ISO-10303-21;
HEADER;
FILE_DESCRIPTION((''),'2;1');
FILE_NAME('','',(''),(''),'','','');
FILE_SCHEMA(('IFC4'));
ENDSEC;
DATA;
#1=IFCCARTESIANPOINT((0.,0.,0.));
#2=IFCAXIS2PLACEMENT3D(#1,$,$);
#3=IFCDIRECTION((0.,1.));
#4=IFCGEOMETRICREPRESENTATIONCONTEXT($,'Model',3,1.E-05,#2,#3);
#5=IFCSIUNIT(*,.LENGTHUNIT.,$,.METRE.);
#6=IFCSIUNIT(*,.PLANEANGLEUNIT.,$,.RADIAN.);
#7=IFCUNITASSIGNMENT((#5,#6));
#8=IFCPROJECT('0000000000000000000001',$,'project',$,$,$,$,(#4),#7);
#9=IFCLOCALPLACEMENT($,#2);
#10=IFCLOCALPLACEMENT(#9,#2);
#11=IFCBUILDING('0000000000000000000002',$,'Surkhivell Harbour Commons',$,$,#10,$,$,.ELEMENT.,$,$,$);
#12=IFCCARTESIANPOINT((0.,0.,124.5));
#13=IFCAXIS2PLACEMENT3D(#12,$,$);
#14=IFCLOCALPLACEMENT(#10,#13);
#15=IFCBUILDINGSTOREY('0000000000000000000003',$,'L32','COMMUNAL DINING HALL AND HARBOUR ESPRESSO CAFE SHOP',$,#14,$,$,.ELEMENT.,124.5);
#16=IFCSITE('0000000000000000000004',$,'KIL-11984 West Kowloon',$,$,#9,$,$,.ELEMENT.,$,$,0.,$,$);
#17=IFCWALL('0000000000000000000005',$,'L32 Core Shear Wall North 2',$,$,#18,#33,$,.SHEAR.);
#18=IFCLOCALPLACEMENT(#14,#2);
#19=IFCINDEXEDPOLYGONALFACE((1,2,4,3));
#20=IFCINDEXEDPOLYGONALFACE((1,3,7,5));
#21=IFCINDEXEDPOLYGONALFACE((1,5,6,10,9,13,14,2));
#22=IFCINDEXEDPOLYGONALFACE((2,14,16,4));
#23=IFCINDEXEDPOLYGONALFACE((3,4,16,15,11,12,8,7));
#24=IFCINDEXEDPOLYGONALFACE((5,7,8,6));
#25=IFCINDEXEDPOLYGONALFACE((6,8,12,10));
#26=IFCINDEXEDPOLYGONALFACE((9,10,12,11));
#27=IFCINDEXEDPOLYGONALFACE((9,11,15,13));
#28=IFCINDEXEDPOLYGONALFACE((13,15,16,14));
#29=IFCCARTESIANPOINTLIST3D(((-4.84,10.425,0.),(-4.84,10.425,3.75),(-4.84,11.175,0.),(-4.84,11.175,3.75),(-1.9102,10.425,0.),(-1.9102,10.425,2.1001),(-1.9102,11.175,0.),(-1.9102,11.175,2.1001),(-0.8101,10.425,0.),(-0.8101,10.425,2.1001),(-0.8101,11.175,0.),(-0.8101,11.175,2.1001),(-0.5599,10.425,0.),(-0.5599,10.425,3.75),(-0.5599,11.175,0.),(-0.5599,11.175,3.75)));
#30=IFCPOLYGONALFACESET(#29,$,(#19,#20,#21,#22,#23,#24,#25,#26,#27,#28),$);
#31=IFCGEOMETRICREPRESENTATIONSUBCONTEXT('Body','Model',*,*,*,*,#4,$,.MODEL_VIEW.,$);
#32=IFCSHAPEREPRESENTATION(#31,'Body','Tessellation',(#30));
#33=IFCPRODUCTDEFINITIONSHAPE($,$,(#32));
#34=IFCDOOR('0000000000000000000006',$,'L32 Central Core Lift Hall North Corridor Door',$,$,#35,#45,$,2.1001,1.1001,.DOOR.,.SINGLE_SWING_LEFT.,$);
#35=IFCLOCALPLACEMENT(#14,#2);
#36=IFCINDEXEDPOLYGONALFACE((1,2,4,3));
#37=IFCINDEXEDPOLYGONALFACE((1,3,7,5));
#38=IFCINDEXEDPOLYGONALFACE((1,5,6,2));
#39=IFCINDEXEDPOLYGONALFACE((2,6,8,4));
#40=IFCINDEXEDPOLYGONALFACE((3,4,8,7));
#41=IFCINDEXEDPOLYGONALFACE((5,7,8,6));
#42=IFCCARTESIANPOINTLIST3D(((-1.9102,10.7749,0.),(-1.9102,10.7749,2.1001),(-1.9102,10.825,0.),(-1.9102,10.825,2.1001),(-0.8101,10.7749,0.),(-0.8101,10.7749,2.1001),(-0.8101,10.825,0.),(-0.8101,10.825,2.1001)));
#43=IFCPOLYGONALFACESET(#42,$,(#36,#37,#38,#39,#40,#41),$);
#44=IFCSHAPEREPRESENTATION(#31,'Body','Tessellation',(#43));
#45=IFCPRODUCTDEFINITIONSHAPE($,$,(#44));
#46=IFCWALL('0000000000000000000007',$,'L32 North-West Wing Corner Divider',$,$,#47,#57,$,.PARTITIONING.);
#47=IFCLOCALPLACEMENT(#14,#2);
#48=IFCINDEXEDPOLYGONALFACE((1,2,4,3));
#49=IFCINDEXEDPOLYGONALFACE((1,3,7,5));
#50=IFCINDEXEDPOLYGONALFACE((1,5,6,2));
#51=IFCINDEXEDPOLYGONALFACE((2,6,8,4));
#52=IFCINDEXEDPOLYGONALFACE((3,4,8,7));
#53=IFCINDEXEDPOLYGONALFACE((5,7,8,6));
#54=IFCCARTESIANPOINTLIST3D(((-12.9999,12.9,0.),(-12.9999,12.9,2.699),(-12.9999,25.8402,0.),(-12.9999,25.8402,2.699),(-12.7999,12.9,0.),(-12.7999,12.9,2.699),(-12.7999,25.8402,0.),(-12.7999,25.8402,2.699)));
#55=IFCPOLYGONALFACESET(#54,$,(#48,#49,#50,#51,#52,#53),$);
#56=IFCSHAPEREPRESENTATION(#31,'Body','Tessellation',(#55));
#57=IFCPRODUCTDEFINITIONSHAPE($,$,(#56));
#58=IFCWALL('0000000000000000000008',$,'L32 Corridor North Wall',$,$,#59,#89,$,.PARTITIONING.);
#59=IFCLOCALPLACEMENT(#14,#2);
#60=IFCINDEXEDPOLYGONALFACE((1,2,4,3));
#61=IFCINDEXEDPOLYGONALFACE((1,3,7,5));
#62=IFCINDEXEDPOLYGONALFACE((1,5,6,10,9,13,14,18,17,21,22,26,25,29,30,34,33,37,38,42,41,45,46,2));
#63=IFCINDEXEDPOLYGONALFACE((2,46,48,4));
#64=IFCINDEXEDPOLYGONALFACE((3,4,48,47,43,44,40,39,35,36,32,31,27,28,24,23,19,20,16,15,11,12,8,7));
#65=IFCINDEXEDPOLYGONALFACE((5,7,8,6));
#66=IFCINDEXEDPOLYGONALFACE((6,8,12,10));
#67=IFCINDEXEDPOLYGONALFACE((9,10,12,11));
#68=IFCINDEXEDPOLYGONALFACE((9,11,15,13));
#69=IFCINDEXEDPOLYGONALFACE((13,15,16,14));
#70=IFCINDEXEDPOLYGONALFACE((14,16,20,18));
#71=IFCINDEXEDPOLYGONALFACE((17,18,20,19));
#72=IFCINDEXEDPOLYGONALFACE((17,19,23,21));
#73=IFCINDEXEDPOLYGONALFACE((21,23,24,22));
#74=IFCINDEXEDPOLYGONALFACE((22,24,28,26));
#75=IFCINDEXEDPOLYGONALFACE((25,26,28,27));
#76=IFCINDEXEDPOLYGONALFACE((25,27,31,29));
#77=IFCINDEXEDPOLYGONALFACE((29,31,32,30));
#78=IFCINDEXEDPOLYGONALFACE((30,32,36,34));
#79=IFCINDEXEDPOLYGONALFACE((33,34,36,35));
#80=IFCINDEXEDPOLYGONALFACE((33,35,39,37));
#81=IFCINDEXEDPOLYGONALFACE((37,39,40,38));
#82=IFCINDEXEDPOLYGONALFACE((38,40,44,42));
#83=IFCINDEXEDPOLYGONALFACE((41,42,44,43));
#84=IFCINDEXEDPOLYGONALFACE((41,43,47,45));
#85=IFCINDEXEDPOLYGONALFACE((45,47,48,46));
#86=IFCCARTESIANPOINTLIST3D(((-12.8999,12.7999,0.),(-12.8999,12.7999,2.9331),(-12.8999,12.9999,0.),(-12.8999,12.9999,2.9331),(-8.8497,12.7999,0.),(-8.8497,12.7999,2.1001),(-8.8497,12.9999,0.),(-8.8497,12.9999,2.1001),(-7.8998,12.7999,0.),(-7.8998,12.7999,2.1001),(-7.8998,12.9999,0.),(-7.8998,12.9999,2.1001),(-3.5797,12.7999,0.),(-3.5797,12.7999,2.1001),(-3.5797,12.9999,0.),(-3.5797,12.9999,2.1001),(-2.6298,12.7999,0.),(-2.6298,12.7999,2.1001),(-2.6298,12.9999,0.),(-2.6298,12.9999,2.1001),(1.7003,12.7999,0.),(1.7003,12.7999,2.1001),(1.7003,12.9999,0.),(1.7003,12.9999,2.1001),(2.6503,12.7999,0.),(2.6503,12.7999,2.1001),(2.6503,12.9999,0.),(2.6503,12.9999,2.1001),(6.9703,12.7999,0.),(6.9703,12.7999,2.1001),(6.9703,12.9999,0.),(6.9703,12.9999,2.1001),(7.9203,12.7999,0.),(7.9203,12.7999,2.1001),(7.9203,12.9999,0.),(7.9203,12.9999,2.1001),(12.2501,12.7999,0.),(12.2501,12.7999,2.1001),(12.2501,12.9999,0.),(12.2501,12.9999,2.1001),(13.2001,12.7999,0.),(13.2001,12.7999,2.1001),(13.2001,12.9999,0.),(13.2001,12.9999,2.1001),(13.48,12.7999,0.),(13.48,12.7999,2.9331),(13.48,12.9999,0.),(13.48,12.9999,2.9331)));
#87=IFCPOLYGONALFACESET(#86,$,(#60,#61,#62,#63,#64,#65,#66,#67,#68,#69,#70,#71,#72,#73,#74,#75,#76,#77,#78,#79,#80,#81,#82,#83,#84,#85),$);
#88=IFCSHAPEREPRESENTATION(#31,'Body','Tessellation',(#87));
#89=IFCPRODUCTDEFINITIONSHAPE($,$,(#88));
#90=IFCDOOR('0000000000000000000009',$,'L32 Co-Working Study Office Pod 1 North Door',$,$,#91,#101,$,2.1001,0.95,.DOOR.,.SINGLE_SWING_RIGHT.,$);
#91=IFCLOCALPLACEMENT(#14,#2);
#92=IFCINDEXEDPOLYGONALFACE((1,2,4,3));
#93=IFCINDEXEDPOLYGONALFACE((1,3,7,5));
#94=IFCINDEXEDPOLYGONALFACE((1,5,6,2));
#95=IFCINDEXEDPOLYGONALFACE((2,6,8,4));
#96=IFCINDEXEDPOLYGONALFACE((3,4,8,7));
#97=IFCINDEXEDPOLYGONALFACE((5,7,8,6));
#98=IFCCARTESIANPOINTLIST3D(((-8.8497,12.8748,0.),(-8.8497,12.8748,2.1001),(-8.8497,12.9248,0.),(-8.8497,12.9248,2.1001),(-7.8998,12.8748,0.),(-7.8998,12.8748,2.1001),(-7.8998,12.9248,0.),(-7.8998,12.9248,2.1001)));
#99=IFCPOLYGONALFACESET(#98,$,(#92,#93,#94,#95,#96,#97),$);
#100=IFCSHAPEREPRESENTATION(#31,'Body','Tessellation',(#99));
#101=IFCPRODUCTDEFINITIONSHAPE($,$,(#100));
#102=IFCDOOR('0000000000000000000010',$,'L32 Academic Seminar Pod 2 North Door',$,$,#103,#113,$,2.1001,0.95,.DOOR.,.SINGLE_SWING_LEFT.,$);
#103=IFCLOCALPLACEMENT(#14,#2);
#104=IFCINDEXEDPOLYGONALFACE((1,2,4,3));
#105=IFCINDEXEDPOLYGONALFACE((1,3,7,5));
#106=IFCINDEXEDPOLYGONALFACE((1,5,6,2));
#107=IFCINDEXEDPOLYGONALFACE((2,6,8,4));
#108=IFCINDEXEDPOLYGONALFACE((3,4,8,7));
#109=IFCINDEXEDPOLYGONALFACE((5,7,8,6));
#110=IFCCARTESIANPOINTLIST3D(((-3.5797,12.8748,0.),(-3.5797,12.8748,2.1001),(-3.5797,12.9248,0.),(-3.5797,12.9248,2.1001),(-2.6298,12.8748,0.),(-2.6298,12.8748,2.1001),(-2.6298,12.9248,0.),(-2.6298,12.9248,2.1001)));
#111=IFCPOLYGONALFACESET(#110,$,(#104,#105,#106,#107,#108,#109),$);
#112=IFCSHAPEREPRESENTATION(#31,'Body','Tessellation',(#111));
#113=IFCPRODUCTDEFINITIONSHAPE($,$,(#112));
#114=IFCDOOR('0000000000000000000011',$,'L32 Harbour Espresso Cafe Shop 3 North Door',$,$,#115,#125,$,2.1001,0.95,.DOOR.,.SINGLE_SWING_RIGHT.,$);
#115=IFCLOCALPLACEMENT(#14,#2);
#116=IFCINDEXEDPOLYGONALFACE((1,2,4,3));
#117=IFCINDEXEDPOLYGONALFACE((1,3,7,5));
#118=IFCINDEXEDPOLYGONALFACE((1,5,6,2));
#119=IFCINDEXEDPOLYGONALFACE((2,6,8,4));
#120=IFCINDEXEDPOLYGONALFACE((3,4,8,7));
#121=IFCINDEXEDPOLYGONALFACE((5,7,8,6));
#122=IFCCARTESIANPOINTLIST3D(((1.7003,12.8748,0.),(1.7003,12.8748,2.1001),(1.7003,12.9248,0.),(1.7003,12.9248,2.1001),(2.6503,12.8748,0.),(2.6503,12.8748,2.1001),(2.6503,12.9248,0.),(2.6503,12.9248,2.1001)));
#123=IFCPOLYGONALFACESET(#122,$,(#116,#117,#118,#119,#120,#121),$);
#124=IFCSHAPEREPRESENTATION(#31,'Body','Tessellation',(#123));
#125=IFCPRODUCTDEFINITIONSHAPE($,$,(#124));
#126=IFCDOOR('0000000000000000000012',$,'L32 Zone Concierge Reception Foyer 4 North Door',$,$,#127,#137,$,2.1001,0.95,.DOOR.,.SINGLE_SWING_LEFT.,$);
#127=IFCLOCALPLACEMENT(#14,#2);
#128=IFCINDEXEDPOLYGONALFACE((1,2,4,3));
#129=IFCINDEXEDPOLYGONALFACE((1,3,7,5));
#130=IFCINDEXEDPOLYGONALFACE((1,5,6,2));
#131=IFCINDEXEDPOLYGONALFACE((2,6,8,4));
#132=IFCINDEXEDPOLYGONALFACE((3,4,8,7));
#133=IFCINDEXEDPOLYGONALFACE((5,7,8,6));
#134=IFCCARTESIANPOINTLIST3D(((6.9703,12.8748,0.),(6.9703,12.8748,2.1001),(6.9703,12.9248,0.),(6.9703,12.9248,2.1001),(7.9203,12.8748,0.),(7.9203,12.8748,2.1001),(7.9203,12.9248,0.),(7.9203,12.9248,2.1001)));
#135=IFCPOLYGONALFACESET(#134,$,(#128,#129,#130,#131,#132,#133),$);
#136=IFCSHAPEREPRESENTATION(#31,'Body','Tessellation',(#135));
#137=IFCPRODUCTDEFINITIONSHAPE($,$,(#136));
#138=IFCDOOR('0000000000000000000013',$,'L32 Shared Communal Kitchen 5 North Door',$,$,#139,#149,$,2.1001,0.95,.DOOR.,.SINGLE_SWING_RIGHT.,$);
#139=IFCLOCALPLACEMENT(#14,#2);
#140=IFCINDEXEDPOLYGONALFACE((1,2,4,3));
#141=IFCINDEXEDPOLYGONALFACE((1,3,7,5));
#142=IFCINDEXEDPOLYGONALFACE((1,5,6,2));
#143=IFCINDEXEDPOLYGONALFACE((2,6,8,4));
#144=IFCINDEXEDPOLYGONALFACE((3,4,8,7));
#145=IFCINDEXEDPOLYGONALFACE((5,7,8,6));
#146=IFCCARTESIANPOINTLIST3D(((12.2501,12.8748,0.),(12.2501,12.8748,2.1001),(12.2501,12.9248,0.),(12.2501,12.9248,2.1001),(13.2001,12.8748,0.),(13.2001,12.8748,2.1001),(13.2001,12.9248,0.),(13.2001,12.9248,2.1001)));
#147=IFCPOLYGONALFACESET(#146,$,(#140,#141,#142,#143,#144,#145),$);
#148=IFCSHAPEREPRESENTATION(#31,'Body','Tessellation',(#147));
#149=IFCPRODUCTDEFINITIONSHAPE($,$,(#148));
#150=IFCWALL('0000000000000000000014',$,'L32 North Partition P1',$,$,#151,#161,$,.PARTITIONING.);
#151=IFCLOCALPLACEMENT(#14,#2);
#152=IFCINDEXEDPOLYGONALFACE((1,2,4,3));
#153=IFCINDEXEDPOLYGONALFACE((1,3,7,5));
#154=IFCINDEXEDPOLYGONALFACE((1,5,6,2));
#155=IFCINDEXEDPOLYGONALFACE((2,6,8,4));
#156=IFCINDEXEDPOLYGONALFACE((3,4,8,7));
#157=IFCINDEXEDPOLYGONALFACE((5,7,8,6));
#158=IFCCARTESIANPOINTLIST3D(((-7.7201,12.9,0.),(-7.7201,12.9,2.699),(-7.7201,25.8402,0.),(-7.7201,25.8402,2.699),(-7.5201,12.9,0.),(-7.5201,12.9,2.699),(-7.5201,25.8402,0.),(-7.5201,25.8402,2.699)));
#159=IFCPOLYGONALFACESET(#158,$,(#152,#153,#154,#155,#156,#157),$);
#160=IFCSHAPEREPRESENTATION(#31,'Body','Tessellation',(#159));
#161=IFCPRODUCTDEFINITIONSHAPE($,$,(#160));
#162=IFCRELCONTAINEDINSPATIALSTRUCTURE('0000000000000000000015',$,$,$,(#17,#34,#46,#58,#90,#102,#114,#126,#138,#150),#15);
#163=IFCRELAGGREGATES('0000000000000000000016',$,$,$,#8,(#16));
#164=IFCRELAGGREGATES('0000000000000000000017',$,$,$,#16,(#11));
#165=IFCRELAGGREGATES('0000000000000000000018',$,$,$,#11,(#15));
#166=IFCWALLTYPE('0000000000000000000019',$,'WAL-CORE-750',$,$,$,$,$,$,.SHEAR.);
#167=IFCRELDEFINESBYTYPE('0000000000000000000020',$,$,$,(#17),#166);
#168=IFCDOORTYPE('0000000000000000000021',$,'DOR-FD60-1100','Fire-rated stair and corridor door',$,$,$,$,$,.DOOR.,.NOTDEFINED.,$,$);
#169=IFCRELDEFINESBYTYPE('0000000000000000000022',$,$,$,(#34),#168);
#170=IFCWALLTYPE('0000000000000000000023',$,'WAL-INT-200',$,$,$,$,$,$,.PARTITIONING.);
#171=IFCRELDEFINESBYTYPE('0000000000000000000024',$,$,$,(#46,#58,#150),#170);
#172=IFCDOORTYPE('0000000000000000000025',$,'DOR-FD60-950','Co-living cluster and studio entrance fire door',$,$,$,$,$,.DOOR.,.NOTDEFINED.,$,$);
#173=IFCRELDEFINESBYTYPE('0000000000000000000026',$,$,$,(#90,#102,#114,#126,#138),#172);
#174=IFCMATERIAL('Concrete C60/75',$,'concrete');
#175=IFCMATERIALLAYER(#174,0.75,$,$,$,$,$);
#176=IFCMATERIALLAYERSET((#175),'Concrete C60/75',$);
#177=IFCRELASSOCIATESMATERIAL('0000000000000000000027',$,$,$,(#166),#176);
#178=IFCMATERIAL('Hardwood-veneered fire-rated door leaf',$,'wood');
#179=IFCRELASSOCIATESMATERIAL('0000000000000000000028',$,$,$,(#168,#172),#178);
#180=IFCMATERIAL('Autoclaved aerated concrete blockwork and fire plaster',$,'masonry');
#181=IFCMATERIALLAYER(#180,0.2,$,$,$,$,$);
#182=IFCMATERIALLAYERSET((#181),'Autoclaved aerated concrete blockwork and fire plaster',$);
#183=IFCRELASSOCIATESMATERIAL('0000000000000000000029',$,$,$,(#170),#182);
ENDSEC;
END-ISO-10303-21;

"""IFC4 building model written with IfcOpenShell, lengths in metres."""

from ifc_helpers import new_model, si_unit, direction, frame, frame_2d, origin, place, context, subcontext, project, spatial, rectangle, extrude, material, layer, layer_set, type_object, element, fill, save


model = new_model("IFC4")

# Units and contexts
model_context = context("Model", 3, precision=1e-05, world=origin(), true_north=direction((0.0, 1.0)))
body_context = subcontext(model_context, "Body", "Model", "MODEL_VIEW")
ifc_project = project(units=[si_unit("LENGTHUNIT", "METRE"), si_unit("PLANEANGLEUNIT", "RADIAN")], contexts=[model_context])

# Site, building, storey
site_placement = place(None, origin())
site = spatial("IfcSite", under=ifc_project, at=site_placement, Name="KIL-11984 West Kowloon", CompositionType="ELEMENT", RefElevation=0.0)
building_placement = place(site_placement, origin())
building = spatial("IfcBuilding", under=site, at=building_placement, Name="Surkhivell Harbour Commons", CompositionType="ELEMENT")
storey_placement = place(building_placement, frame((0.0, 0.0, 124.5)))
storey = spatial("IfcBuildingStorey", under=building, at=storey_placement, Name="L32", Description="COMMUNAL DINING HALL AND HARBOUR ESPRESSO CAFE SHOP", CompositionType="ELEMENT", Elevation=124.5)

# Shared definitions
ifc_material_1 = material(Name="Concrete C60/75", Category="concrete")

# Shared definitions
ifc_layer_1 = layer(ifc_material_1, 0.75)
ifc_layer_set_1 = layer_set([ifc_layer_1], Name="Concrete C60/75")
wall_type_1 = type_object("IfcWallType", Name="WAL-CORE-750", PredefinedType="SHEAR", material=ifc_layer_set_1)

# Wall, opening, door
wall_1_placement = place(storey_placement, frame((-4.8401, 10.8, 0.0), z_axis=(0.0, 0.0, 1.0), x_axis=(1.0, 0.0, 0.0)))
wall_1 = element("IfcWall", 1, at=wall_1_placement, inside=storey, type_object=wall_type_1, Name="L32 Core Shear Wall North 2", PredefinedType="SHEAR", context=body_context, shape_type="SweptSolid", body=[
    extrude(rectangle(XDim=4.28, YDim=0.75, at=frame_2d((2.1401, 0.0))), origin(), (0.0, 0.0, 1.0), 3.75),
])
opening_1_placement = place(wall_1_placement, frame((2.9299, 0.0, 0.0)))
opening_1 = element("IfcOpeningElement", 2, at=opening_1_placement, cuts=wall_1, PredefinedType="OPENING", context=body_context, shape_type="SweptSolid", body=[
    extrude(rectangle(XDim=1.1001, YDim=2.1001, at=frame_2d((0.55, 1.05))), frame((0.0, 0.385, 0.0), z_axis=(0.0, -1.0, 0.0), x_axis=(1.0, 0.0, 0.0)), (0.0, 0.0, 1.0), 0.77),
])
ifc_material_2 = material(Name="Hardwood-veneered fire-rated door leaf", Category="wood")
door_type_1 = type_object("IfcDoorType", Name="DOR-FD60-1100", Description="Fire-rated stair and corridor door", OperationType="NOTDEFINED", PredefinedType="DOOR", material=ifc_material_2)
door_1_placement = place(opening_1_placement, origin())
door_1 = element("IfcDoor", 3, at=door_1_placement, inside=storey, type_object=door_type_1, Name="L32 Central Core Lift Hall North Corridor Door", OperationType="SINGLE_SWING_LEFT", OverallHeight=2.1001, OverallWidth=1.1001, PredefinedType="DOOR", context=body_context, shape_type="SweptSolid", body=[
    extrude(rectangle(XDim=1.1001, YDim=2.1001, at=frame_2d((0.55, 1.05))), frame((0.0, 0.0249, 0.0), z_axis=(0.0, -1.0, 0.0), x_axis=(1.0, 0.0, 0.0)), (0.0, 0.0, 1.0), 0.05),
])
fill(opening_1, door_1)

# Wall
ifc_material_3 = material(Name="Autoclaved aerated concrete blockwork and fire plaster", Category="masonry")
ifc_layer_2 = layer(ifc_material_3, 0.2)
ifc_layer_set_2 = layer_set([ifc_layer_2], Name="Autoclaved aerated concrete blockwork and fire plaster")
wall_type_2 = type_object("IfcWallType", Name="WAL-INT-200", PredefinedType="PARTITIONING", material=ifc_layer_set_2)
wall_2_placement = place(storey_placement, frame((-12.8999, 12.8999, 0.0), z_axis=(0.0, 0.0, 1.0), x_axis=(0.0, 1.0, 0.0)))
element("IfcWall", 4, at=wall_2_placement, inside=storey, type_object=wall_type_2, Name="L32 North-West Wing Corner Divider", PredefinedType="PARTITIONING", context=body_context, shape_type="SweptSolid", body=[
    extrude(rectangle(XDim=12.9402, YDim=0.2, at=frame_2d((6.4702, 0.0))), origin(), (0.0, 0.0, 1.0), 2.699),
])

# Wall, openings, doors
wall_3_placement = place(storey_placement, frame((-12.8999, 12.8999, 0.0), z_axis=(0.0, 0.0, 1.0), x_axis=(1.0, 0.0, 0.0)))
wall_3 = element("IfcWall", 5, at=wall_3_placement, inside=storey, type_object=wall_type_2, Name="L32 Corridor North Wall", PredefinedType="PARTITIONING", context=body_context, shape_type="SweptSolid", body=[
    extrude(rectangle(XDim=26.3799, YDim=0.2, at=frame_2d((13.1899, 0.0))), origin(), (0.0, 0.0, 1.0), 2.9331),
])
opening_2_placement = place(wall_3_placement, frame((4.05, 0.0, 0.0)))
opening_2 = element("IfcOpeningElement", 6, at=opening_2_placement, cuts=wall_3, PredefinedType="OPENING", context=body_context, shape_type="SweptSolid", body=[
    extrude(rectangle(XDim=0.95, YDim=2.1001, at=frame_2d((0.4751, 1.05))), frame((0.0, 0.1099, 0.0), z_axis=(0.0, -1.0, 0.0), x_axis=(1.0, 0.0, 0.0)), (0.0, 0.0, 1.0), 0.22),
])
opening_3_placement = place(wall_3_placement, frame((9.3201, 0.0, 0.0)))
opening_3 = element("IfcOpeningElement", 7, at=opening_3_placement, cuts=wall_3, PredefinedType="OPENING", context=body_context, shape_type="SweptSolid", body=[
    extrude(rectangle(XDim=0.95, YDim=2.1001, at=frame_2d((0.4751, 1.05))), frame((0.0, 0.1099, 0.0), z_axis=(0.0, -1.0, 0.0), x_axis=(1.0, 0.0, 0.0)), (0.0, 0.0, 1.0), 0.22),
])
opening_4_placement = place(wall_3_placement, frame((14.6001, 0.0, 0.0)))
opening_4 = element("IfcOpeningElement", 8, at=opening_4_placement, cuts=wall_3, PredefinedType="OPENING", context=body_context, shape_type="SweptSolid", body=[
    extrude(rectangle(XDim=0.95, YDim=2.1001, at=frame_2d((0.4751, 1.05))), frame((0.0, 0.1099, 0.0), z_axis=(0.0, -1.0, 0.0), x_axis=(1.0, 0.0, 0.0)), (0.0, 0.0, 1.0), 0.22),
])
opening_5_placement = place(wall_3_placement, frame((19.8701, 0.0, 0.0)))
opening_5 = element("IfcOpeningElement", 9, at=opening_5_placement, cuts=wall_3, PredefinedType="OPENING", context=body_context, shape_type="SweptSolid", body=[
    extrude(rectangle(XDim=0.95, YDim=2.1001, at=frame_2d((0.4751, 1.05))), frame((0.0, 0.1099, 0.0), z_axis=(0.0, -1.0, 0.0), x_axis=(1.0, 0.0, 0.0)), (0.0, 0.0, 1.0), 0.22),
])
opening_6_placement = place(wall_3_placement, frame((25.1499, 0.0, 0.0)))
opening_6 = element("IfcOpeningElement", 10, at=opening_6_placement, cuts=wall_3, PredefinedType="OPENING", context=body_context, shape_type="SweptSolid", body=[
    extrude(rectangle(XDim=0.95, YDim=2.1001, at=frame_2d((0.4751, 1.05))), frame((0.0, 0.1099, 0.0), z_axis=(0.0, -1.0, 0.0), x_axis=(1.0, 0.0, 0.0)), (0.0, 0.0, 1.0), 0.22),
])
door_type_2 = type_object("IfcDoorType", Name="DOR-FD60-950", Description="Co-living cluster and studio entrance fire door", OperationType="NOTDEFINED", PredefinedType="DOOR", material=ifc_material_2)
door_2_placement = place(opening_2_placement, origin())
door_2 = element("IfcDoor", 11, at=door_2_placement, inside=storey, type_object=door_type_2, Name="L32 Co-Working Study Office Pod 1 North Door", OperationType="SINGLE_SWING_RIGHT", OverallHeight=2.1001, OverallWidth=0.95, PredefinedType="DOOR", context=body_context, shape_type="SweptSolid", body=[
    extrude(rectangle(XDim=0.95, YDim=2.1001, at=frame_2d((0.4751, 1.05))), frame((0.0, 0.0249, 0.0), z_axis=(0.0, -1.0, 0.0), x_axis=(1.0, 0.0, 0.0)), (0.0, 0.0, 1.0), 0.05),
])
fill(opening_2, door_2)
door_3_placement = place(opening_3_placement, origin())
door_3 = element("IfcDoor", 12, at=door_3_placement, inside=storey, type_object=door_type_2, Name="L32 Academic Seminar Pod 2 North Door", OperationType="SINGLE_SWING_LEFT", OverallHeight=2.1001, OverallWidth=0.95, PredefinedType="DOOR", context=body_context, shape_type="SweptSolid", body=[
    extrude(rectangle(XDim=0.95, YDim=2.1001, at=frame_2d((0.4751, 1.05))), frame((0.0, 0.0249, 0.0), z_axis=(0.0, -1.0, 0.0), x_axis=(1.0, 0.0, 0.0)), (0.0, 0.0, 1.0), 0.05),
])
fill(opening_3, door_3)
door_4_placement = place(opening_4_placement, origin())
door_4 = element("IfcDoor", 13, at=door_4_placement, inside=storey, type_object=door_type_2, Name="L32 Harbour Espresso Cafe Shop 3 North Door", OperationType="SINGLE_SWING_RIGHT", OverallHeight=2.1001, OverallWidth=0.95, PredefinedType="DOOR", context=body_context, shape_type="SweptSolid", body=[
    extrude(rectangle(XDim=0.95, YDim=2.1001, at=frame_2d((0.4751, 1.05))), frame((0.0, 0.0249, 0.0), z_axis=(0.0, -1.0, 0.0), x_axis=(1.0, 0.0, 0.0)), (0.0, 0.0, 1.0), 0.05),
])
fill(opening_4, door_4)
door_5_placement = place(opening_5_placement, origin())
door_5 = element("IfcDoor", 14, at=door_5_placement, inside=storey, type_object=door_type_2, Name="L32 Zone Concierge Reception Foyer 4 North Door", OperationType="SINGLE_SWING_LEFT", OverallHeight=2.1001, OverallWidth=0.95, PredefinedType="DOOR", context=body_context, shape_type="SweptSolid", body=[
    extrude(rectangle(XDim=0.95, YDim=2.1001, at=frame_2d((0.4751, 1.05))), frame((0.0, 0.0249, 0.0), z_axis=(0.0, -1.0, 0.0), x_axis=(1.0, 0.0, 0.0)), (0.0, 0.0, 1.0), 0.05),
])
fill(opening_5, door_5)
door_6_placement = place(opening_6_placement, origin())
door_6 = element("IfcDoor", 15, at=door_6_placement, inside=storey, type_object=door_type_2, Name="L32 Shared Communal Kitchen 5 North Door", OperationType="SINGLE_SWING_RIGHT", OverallHeight=2.1001, OverallWidth=0.95, PredefinedType="DOOR", context=body_context, shape_type="SweptSolid", body=[
    extrude(rectangle(XDim=0.95, YDim=2.1001, at=frame_2d((0.4751, 1.05))), frame((0.0, 0.0249, 0.0), z_axis=(0.0, -1.0, 0.0), x_axis=(1.0, 0.0, 0.0)), (0.0, 0.0, 1.0), 0.05),
])
fill(opening_6, door_6)

# Wall
wall_4_placement = place(storey_placement, frame((-7.6201, 12.8999, 0.0), z_axis=(0.0, 0.0, 1.0), x_axis=(0.0, 1.0, 0.0)))
element("IfcWall", 16, at=wall_4_placement, inside=storey, type_object=wall_type_2, Name="L32 North Partition P1", PredefinedType="PARTITIONING", context=body_context, shape_type="SweptSolid", body=[
    extrude(rectangle(XDim=12.9402, YDim=0.2, at=frame_2d((6.4702, 0.0))), origin(), (0.0, 0.0, 1.0), 2.699),
])

save(model, "model.ifc")
